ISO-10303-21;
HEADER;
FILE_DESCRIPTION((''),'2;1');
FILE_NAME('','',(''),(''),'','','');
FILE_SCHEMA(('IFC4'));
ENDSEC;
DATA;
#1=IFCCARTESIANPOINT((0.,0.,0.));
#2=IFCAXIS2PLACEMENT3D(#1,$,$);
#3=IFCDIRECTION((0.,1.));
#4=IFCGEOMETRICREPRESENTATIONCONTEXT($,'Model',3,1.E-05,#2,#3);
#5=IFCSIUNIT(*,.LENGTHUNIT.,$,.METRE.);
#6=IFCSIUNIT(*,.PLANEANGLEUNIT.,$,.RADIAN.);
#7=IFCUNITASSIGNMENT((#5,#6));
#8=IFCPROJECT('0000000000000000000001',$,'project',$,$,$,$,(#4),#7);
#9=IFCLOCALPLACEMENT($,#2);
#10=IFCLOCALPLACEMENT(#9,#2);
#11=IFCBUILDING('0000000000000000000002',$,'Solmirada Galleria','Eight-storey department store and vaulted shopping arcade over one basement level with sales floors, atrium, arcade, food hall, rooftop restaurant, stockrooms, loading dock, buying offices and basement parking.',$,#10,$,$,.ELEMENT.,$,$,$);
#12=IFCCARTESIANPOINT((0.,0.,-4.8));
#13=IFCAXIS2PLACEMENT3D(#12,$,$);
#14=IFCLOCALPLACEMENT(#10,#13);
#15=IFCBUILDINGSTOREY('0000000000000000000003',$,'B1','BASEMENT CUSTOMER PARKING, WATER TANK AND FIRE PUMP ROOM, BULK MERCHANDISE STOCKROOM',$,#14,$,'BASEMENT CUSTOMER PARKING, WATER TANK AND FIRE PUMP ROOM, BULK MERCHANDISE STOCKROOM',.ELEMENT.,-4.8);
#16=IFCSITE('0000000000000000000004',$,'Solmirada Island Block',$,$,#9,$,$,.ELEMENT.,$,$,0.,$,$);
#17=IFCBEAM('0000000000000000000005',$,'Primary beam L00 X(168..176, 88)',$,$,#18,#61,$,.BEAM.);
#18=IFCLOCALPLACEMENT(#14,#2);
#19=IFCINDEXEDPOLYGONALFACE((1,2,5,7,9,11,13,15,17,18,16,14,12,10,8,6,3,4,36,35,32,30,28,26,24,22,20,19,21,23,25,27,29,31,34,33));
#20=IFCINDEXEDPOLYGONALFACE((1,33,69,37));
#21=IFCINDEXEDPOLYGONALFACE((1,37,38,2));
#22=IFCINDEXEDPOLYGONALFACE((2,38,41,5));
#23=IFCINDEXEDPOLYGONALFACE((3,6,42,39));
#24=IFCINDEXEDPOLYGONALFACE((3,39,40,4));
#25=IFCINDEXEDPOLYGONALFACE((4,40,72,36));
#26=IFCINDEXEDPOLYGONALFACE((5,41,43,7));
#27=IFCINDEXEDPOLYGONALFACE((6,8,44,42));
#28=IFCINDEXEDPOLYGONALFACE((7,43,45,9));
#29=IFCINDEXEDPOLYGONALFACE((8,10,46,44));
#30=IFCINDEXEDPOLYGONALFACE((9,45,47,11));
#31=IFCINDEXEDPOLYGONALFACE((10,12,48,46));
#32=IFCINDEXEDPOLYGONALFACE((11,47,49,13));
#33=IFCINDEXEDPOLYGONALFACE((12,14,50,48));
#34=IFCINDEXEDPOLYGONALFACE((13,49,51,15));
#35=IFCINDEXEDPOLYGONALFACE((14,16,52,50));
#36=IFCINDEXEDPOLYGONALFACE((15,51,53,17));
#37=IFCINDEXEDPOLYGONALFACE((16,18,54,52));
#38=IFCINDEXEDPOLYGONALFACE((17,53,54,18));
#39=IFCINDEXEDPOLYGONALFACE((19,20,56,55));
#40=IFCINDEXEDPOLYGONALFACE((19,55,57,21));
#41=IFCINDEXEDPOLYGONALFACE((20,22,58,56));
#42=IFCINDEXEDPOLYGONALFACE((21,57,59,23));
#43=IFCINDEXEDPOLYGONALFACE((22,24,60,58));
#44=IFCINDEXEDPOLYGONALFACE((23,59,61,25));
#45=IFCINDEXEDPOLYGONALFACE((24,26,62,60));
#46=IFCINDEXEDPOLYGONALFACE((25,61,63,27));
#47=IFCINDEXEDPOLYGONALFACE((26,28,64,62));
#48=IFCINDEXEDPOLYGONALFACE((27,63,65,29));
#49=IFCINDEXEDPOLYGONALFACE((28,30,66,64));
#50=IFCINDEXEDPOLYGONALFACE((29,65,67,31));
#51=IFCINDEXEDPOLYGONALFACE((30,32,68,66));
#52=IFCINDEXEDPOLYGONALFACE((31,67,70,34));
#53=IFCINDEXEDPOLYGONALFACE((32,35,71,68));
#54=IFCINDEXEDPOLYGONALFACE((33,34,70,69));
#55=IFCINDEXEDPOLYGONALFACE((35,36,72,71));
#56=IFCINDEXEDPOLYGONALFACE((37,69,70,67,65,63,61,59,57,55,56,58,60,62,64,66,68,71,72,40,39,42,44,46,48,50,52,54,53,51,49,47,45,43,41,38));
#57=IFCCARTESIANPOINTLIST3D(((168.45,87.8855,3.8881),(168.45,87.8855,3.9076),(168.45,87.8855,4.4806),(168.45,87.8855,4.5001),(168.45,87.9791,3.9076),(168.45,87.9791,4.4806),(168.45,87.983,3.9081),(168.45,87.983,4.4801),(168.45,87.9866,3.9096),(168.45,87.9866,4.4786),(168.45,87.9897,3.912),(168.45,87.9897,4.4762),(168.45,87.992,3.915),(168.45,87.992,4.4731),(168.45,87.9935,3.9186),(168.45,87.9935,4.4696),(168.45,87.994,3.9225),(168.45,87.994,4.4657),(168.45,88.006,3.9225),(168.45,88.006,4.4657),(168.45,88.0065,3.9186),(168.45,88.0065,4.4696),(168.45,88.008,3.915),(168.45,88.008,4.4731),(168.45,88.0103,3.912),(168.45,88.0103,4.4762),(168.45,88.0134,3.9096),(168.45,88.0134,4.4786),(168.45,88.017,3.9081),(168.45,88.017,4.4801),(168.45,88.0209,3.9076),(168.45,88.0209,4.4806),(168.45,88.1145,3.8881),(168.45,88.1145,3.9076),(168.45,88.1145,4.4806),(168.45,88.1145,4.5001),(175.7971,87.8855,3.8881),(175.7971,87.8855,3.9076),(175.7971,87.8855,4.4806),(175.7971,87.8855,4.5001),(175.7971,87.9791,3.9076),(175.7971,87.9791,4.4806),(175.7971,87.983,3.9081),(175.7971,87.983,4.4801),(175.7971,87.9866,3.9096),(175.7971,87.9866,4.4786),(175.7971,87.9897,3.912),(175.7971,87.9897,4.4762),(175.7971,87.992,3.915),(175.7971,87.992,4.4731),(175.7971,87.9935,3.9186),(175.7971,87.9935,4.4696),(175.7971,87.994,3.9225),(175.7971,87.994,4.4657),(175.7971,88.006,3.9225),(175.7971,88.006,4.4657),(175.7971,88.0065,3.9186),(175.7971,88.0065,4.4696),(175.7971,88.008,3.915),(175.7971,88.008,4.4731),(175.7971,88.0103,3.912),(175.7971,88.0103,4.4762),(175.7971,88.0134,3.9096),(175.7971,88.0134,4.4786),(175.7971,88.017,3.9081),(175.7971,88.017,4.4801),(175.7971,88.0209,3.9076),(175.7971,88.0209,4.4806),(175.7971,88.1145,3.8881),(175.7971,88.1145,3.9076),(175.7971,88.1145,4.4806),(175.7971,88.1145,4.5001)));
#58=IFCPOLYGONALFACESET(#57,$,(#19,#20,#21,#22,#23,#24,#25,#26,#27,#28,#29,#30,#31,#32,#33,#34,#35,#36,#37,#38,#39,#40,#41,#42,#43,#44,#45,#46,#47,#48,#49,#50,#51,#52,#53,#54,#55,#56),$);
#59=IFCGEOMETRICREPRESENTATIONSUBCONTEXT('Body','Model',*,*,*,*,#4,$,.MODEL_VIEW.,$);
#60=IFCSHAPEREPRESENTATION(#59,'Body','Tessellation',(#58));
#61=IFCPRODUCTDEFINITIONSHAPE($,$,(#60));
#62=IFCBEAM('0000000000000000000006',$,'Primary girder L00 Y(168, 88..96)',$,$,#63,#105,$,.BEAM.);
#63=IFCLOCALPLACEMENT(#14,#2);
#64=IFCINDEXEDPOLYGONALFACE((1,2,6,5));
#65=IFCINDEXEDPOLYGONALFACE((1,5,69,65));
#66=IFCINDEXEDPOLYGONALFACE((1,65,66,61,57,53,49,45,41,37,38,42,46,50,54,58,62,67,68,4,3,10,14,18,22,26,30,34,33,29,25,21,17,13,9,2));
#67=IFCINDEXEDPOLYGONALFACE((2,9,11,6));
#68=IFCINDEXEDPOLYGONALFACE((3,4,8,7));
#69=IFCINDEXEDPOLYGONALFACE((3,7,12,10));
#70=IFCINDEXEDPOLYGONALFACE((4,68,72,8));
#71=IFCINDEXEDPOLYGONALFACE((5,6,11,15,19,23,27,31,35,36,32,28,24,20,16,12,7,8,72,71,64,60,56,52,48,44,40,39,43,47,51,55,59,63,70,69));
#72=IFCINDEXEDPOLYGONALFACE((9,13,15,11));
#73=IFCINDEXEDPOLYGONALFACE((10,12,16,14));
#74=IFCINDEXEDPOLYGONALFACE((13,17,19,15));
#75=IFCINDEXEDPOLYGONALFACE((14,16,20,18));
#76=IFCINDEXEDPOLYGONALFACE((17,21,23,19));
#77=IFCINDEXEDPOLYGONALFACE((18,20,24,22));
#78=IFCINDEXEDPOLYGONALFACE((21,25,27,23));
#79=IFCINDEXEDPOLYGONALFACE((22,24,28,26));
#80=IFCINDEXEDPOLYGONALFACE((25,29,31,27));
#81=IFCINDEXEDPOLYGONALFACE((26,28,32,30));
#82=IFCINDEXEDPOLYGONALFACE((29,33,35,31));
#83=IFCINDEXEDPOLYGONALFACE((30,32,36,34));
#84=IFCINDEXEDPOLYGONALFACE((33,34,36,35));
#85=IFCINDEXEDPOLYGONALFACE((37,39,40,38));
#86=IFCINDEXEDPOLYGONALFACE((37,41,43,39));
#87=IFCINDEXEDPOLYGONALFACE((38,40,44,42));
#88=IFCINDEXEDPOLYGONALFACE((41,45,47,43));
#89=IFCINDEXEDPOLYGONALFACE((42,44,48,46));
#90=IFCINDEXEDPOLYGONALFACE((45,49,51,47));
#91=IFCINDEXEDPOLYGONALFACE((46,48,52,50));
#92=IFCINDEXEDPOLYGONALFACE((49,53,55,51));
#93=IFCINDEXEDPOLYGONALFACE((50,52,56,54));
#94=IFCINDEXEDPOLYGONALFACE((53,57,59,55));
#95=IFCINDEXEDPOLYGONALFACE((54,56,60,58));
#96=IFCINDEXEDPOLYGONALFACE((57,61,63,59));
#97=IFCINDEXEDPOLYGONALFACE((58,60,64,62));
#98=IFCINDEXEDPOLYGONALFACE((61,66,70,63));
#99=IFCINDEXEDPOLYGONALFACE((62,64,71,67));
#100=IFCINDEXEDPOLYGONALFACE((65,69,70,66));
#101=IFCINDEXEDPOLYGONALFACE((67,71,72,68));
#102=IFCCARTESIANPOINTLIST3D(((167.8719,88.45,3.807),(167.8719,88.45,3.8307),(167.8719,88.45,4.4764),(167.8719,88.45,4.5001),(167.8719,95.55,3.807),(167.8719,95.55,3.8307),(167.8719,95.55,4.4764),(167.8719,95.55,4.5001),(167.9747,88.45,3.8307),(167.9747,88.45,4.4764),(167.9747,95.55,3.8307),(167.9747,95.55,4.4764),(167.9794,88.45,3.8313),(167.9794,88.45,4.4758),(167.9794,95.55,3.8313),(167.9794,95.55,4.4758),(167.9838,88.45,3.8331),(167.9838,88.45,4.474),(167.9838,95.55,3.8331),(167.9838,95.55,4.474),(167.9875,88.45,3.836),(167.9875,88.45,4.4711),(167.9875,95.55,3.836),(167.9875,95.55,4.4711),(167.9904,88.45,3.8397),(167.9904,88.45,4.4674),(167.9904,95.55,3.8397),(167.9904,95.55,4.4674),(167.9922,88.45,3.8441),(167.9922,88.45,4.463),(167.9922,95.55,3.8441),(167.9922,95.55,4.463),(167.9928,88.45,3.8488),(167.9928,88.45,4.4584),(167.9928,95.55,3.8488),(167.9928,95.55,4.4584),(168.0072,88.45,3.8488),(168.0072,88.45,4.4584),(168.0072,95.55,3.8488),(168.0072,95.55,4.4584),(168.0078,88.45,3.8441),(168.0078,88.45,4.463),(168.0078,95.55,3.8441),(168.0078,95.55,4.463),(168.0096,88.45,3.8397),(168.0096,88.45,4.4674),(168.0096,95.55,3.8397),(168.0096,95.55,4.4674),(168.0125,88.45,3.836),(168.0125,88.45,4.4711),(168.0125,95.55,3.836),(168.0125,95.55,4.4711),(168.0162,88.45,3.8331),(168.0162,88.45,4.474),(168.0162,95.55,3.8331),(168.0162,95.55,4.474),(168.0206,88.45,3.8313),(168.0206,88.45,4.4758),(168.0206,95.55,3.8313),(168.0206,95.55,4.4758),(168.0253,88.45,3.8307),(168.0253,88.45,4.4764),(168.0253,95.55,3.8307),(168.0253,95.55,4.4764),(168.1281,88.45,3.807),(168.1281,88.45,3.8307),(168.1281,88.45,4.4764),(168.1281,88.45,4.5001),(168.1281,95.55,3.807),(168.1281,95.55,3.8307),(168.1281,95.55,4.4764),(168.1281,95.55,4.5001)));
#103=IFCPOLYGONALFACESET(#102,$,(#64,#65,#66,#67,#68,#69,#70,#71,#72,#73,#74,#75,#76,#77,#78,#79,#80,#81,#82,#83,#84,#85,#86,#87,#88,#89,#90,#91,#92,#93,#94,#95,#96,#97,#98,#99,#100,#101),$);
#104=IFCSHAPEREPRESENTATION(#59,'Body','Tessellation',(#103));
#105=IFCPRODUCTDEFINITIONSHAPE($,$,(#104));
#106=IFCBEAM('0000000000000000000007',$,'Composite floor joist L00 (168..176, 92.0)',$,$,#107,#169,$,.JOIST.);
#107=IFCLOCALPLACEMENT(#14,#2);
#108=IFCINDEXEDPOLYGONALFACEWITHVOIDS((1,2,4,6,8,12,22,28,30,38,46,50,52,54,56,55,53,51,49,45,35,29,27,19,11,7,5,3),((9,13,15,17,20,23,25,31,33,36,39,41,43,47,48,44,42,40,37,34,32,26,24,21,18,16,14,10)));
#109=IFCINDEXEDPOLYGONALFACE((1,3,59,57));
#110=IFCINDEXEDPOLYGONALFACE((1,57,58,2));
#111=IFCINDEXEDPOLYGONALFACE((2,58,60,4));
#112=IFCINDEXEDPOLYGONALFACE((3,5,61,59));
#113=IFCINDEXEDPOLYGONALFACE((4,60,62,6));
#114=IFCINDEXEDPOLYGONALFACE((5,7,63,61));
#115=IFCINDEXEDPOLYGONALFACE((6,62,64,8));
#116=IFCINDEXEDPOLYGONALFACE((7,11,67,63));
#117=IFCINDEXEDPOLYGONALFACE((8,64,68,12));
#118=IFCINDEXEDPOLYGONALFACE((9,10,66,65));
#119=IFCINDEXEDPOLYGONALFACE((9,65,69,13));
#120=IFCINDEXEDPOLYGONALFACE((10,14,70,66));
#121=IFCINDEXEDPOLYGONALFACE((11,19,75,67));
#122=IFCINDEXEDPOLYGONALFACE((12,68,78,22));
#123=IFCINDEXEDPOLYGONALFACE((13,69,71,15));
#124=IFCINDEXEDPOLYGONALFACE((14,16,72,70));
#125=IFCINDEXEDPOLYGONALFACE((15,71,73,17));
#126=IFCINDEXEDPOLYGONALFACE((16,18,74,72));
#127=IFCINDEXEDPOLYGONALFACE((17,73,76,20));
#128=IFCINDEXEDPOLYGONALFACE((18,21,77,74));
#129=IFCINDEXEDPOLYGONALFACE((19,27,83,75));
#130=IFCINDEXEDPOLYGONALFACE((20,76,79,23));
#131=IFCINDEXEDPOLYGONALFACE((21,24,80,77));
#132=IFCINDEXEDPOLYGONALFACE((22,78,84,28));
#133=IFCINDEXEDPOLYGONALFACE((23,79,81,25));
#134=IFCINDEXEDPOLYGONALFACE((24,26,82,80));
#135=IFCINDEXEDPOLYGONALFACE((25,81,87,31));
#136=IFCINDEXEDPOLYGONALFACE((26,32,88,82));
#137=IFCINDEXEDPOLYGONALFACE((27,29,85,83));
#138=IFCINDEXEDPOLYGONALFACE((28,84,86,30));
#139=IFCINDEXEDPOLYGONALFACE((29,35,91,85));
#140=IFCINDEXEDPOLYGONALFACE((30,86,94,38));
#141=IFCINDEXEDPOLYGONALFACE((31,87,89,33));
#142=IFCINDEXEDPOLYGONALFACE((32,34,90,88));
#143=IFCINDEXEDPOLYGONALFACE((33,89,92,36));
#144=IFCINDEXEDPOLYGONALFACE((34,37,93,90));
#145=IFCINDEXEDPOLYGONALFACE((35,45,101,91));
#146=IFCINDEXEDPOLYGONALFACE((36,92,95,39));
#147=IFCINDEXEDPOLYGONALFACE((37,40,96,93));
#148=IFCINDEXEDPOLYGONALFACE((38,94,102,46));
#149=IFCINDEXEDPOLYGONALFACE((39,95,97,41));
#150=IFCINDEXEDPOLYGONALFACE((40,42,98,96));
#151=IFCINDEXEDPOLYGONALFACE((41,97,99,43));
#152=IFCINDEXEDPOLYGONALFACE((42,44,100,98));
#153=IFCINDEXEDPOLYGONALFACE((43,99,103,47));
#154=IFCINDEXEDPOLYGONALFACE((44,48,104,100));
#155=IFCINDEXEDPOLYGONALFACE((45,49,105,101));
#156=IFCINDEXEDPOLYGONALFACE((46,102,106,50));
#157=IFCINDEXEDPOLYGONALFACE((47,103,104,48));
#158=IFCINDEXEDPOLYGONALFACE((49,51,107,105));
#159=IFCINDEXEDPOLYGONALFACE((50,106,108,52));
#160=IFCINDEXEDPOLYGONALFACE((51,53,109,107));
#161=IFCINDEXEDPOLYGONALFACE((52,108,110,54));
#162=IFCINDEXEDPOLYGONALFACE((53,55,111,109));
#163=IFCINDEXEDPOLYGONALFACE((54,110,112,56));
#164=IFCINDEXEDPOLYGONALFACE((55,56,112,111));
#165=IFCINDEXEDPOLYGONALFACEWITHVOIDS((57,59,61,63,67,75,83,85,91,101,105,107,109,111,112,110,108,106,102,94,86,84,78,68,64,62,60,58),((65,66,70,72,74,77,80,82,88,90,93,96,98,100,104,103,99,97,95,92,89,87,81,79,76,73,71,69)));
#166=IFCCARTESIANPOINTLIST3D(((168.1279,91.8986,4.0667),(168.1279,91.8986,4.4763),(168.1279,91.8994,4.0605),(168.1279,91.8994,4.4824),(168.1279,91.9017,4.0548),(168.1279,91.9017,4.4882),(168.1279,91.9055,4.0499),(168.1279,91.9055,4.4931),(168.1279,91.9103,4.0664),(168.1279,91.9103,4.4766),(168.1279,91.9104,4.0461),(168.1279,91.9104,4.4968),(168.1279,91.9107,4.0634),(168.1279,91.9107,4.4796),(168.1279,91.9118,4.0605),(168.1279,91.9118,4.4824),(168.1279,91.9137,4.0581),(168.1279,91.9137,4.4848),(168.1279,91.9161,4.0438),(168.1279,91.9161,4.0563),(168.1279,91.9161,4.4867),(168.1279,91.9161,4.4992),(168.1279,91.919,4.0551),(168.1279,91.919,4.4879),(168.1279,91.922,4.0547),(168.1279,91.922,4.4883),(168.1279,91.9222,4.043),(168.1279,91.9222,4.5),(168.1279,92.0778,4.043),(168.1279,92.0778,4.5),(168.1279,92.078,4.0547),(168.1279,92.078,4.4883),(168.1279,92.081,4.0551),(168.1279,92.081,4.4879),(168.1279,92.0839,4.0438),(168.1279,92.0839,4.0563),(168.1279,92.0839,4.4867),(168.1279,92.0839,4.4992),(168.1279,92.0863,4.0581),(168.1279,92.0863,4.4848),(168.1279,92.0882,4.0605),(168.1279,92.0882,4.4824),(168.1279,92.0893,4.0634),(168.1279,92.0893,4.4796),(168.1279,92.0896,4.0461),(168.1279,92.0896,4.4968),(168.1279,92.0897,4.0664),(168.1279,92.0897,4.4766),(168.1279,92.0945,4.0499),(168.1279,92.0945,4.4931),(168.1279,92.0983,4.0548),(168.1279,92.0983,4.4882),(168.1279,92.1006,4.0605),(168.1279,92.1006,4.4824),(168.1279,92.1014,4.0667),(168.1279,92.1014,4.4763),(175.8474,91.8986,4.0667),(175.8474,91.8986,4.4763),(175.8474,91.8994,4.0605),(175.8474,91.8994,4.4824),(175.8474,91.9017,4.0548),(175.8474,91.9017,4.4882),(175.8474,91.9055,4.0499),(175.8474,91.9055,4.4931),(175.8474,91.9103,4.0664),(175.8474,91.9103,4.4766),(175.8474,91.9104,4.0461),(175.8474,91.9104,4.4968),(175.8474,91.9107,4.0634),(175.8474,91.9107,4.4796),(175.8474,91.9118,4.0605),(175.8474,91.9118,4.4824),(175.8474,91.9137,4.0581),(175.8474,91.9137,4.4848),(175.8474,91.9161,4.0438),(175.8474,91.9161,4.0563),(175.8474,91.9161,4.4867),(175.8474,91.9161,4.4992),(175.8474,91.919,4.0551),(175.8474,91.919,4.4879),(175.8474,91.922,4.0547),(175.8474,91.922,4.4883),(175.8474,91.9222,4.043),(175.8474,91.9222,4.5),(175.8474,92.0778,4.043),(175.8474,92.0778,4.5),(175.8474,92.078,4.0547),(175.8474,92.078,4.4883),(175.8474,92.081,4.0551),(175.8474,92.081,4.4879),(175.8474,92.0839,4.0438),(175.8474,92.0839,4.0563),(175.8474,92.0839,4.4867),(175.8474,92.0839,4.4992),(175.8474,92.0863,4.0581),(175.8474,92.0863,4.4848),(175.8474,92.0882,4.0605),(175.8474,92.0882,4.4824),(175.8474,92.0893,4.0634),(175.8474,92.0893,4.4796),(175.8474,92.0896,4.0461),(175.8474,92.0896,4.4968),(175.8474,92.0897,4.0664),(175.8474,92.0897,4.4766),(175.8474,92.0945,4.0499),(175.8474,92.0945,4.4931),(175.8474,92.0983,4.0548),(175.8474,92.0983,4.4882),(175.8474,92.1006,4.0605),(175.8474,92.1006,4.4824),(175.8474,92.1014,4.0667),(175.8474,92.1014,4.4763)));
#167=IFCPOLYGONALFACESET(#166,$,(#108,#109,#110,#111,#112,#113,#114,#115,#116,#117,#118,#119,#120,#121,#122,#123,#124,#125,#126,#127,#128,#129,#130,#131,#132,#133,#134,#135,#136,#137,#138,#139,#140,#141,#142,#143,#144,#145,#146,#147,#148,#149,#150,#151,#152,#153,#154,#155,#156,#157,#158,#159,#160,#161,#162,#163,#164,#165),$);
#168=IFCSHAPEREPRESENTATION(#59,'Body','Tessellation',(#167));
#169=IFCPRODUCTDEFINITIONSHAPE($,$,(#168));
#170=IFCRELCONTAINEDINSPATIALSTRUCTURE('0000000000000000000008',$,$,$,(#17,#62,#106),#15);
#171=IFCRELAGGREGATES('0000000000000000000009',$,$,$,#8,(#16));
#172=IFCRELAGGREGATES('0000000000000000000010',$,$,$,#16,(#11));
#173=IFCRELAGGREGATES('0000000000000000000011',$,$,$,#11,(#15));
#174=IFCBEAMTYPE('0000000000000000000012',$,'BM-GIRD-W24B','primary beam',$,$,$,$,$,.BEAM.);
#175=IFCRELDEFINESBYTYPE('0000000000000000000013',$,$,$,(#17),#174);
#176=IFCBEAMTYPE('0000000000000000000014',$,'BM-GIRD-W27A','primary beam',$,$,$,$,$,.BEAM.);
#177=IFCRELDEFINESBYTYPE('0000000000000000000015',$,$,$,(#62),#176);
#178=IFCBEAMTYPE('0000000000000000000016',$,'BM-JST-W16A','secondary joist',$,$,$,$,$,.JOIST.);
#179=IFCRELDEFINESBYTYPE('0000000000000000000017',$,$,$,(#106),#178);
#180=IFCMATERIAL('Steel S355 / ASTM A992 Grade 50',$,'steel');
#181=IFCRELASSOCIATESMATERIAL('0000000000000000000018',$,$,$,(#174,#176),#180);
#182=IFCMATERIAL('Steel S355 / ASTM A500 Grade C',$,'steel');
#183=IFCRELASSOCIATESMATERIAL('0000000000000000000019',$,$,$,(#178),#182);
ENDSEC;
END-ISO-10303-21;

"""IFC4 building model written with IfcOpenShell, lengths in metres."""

from ifc_helpers import new_model, si_unit, direction, frame, origin, origin_2d, place, context, subcontext, project, spatial, hollow_rectangle, i_section, extrude, material, material_profile, profile_set, type_object, element, save


model = new_model("IFC4")

# Units and contexts
model_context = context("Model", 3, precision=1e-05, world=origin(), true_north=direction((0.0, 1.0)))
body_context = subcontext(model_context, "Body", "Model", "MODEL_VIEW")
ifc_project = project(units=[si_unit("LENGTHUNIT", "METRE"), si_unit("PLANEANGLEUNIT", "RADIAN")], contexts=[model_context])

# Site, building, storey
site_placement = place(None, origin())
site = spatial("IfcSite", under=ifc_project, at=site_placement, Name="Solmirada Island Block", CompositionType="ELEMENT", RefElevation=0.0)
building_placement = place(site_placement, origin())
building = spatial("IfcBuilding", under=site, at=building_placement, Name="Solmirada Galleria", Description="Eight-storey department store and vaulted shopping arcade over one basement level with sales floors, atrium, arcade, food hall, rooftop restaurant, stockrooms, loading dock, buying offices and basement parking.", CompositionType="ELEMENT")
storey_placement = place(building_placement, frame((0.0, 0.0, -4.8)))
storey = spatial("IfcBuildingStorey", under=building, at=storey_placement, Name="B1", Description="BASEMENT CUSTOMER PARKING, WATER TANK AND FIRE PUMP ROOM, BULK MERCHANDISE STOCKROOM", LongName="BASEMENT CUSTOMER PARKING, WATER TANK AND FIRE PUMP ROOM, BULK MERCHANDISE STOCKROOM", CompositionType="ELEMENT", Elevation=-4.8)

# Shared definitions
ifc_material_1 = material(Name="Steel S355 / ASTM A500 Grade C", Category="steel")

# Beams
ifc_material_2 = material(Name="Steel S355 / ASTM A992 Grade 50", Category="steel")
ifc_material_profile_1 = material_profile(ifc_material_2, i_section(OverallWidth=0.229, OverallDepth=0.6121, WebThickness=0.012, FlangeThickness=0.0195, FilletRadius=0.0149, at=origin_2d()), Name="W24X84")
ifc_profile_set_1 = profile_set([ifc_material_profile_1], Name="Steel S355 / ASTM A992 Grade 50")
beam_type_1 = type_object("IfcBeamType", Name="BM-GIRD-W24B", Description="primary beam", PredefinedType="BEAM", material=ifc_profile_set_1)
beam_1_placement = place(storey_placement, frame((168.45, 88.0, 4.1941), z_axis=(1.0, 0.0, 0.0), x_axis=(0.0, 1.0, 0.0)))
element("IfcBeam", 1, at=beam_1_placement, inside=storey, type_object=beam_type_1, Name="Primary beam L00 X(168..176, 88)", PredefinedType="BEAM", context=body_context, shape_type="SweptSolid", body=[
    extrude(i_section(OverallWidth=0.229, OverallDepth=0.6121, WebThickness=0.012, FlangeThickness=0.0195, FilletRadius=0.0149, at=origin_2d()), origin(), (0.0, 0.0, 1.0), 7.3472),
])
ifc_material_profile_2 = material_profile(ifc_material_2, i_section(OverallWidth=0.2561, OverallDepth=0.6931, WebThickness=0.0144, FlangeThickness=0.0237, FilletRadius=0.0181, at=origin_2d()), Name="W27X114")
ifc_profile_set_2 = profile_set([ifc_material_profile_2], Name="Steel S355 / ASTM A992 Grade 50")
beam_type_2 = type_object("IfcBeamType", Name="BM-GIRD-W27A", Description="primary beam", PredefinedType="BEAM", material=ifc_profile_set_2)
beam_2_placement = place(storey_placement, frame((168.0, 88.45, 4.1536), z_axis=(0.0, 1.0, 0.0), x_axis=(-1.0, 0.0, 0.0)))
element("IfcBeam", 2, at=beam_2_placement, inside=storey, type_object=beam_type_2, Name="Primary girder L00 Y(168, 88..96)", PredefinedType="BEAM", context=body_context, shape_type="SweptSolid", body=[
    extrude(i_section(OverallWidth=0.2561, OverallDepth=0.6931, WebThickness=0.0144, FlangeThickness=0.0237, FilletRadius=0.0181, at=origin_2d()), origin(), (0.0, 0.0, 1.0), 7.1001),
])
ifc_material_profile_3 = material_profile(ifc_material_1, hollow_rectangle(XDim=0.2029, YDim=0.457, WallThickness=0.0117, InnerFilletRadius=0.0117, OuterFilletRadius=0.0237, at=origin_2d()), Name="HSS18X8X1/2")
ifc_profile_set_3 = profile_set([ifc_material_profile_3], Name="Steel S355 / ASTM A500 Grade C")
beam_type_3 = type_object("IfcBeamType", Name="BM-JST-W16A", Description="secondary joist", PredefinedType="JOIST", material=ifc_profile_set_3)
beam_3_placement = place(storey_placement, frame((168.1279, 92.0, 4.2715), z_axis=(1.0, 0.0, 0.0), x_axis=(0.0, 1.0, 0.0)))
element("IfcBeam", 3, at=beam_3_placement, inside=storey, type_object=beam_type_3, Name="Composite floor joist L00 (168..176, 92.0)", PredefinedType="JOIST", context=body_context, shape_type="SweptSolid", body=[
    extrude(hollow_rectangle(XDim=0.2029, YDim=0.457, WallThickness=0.0117, InnerFilletRadius=0.0117, OuterFilletRadius=0.0237, at=origin_2d()), origin(), (0.0, 0.0, 1.0), 7.7195),
])

save(model, "model.ifc")
